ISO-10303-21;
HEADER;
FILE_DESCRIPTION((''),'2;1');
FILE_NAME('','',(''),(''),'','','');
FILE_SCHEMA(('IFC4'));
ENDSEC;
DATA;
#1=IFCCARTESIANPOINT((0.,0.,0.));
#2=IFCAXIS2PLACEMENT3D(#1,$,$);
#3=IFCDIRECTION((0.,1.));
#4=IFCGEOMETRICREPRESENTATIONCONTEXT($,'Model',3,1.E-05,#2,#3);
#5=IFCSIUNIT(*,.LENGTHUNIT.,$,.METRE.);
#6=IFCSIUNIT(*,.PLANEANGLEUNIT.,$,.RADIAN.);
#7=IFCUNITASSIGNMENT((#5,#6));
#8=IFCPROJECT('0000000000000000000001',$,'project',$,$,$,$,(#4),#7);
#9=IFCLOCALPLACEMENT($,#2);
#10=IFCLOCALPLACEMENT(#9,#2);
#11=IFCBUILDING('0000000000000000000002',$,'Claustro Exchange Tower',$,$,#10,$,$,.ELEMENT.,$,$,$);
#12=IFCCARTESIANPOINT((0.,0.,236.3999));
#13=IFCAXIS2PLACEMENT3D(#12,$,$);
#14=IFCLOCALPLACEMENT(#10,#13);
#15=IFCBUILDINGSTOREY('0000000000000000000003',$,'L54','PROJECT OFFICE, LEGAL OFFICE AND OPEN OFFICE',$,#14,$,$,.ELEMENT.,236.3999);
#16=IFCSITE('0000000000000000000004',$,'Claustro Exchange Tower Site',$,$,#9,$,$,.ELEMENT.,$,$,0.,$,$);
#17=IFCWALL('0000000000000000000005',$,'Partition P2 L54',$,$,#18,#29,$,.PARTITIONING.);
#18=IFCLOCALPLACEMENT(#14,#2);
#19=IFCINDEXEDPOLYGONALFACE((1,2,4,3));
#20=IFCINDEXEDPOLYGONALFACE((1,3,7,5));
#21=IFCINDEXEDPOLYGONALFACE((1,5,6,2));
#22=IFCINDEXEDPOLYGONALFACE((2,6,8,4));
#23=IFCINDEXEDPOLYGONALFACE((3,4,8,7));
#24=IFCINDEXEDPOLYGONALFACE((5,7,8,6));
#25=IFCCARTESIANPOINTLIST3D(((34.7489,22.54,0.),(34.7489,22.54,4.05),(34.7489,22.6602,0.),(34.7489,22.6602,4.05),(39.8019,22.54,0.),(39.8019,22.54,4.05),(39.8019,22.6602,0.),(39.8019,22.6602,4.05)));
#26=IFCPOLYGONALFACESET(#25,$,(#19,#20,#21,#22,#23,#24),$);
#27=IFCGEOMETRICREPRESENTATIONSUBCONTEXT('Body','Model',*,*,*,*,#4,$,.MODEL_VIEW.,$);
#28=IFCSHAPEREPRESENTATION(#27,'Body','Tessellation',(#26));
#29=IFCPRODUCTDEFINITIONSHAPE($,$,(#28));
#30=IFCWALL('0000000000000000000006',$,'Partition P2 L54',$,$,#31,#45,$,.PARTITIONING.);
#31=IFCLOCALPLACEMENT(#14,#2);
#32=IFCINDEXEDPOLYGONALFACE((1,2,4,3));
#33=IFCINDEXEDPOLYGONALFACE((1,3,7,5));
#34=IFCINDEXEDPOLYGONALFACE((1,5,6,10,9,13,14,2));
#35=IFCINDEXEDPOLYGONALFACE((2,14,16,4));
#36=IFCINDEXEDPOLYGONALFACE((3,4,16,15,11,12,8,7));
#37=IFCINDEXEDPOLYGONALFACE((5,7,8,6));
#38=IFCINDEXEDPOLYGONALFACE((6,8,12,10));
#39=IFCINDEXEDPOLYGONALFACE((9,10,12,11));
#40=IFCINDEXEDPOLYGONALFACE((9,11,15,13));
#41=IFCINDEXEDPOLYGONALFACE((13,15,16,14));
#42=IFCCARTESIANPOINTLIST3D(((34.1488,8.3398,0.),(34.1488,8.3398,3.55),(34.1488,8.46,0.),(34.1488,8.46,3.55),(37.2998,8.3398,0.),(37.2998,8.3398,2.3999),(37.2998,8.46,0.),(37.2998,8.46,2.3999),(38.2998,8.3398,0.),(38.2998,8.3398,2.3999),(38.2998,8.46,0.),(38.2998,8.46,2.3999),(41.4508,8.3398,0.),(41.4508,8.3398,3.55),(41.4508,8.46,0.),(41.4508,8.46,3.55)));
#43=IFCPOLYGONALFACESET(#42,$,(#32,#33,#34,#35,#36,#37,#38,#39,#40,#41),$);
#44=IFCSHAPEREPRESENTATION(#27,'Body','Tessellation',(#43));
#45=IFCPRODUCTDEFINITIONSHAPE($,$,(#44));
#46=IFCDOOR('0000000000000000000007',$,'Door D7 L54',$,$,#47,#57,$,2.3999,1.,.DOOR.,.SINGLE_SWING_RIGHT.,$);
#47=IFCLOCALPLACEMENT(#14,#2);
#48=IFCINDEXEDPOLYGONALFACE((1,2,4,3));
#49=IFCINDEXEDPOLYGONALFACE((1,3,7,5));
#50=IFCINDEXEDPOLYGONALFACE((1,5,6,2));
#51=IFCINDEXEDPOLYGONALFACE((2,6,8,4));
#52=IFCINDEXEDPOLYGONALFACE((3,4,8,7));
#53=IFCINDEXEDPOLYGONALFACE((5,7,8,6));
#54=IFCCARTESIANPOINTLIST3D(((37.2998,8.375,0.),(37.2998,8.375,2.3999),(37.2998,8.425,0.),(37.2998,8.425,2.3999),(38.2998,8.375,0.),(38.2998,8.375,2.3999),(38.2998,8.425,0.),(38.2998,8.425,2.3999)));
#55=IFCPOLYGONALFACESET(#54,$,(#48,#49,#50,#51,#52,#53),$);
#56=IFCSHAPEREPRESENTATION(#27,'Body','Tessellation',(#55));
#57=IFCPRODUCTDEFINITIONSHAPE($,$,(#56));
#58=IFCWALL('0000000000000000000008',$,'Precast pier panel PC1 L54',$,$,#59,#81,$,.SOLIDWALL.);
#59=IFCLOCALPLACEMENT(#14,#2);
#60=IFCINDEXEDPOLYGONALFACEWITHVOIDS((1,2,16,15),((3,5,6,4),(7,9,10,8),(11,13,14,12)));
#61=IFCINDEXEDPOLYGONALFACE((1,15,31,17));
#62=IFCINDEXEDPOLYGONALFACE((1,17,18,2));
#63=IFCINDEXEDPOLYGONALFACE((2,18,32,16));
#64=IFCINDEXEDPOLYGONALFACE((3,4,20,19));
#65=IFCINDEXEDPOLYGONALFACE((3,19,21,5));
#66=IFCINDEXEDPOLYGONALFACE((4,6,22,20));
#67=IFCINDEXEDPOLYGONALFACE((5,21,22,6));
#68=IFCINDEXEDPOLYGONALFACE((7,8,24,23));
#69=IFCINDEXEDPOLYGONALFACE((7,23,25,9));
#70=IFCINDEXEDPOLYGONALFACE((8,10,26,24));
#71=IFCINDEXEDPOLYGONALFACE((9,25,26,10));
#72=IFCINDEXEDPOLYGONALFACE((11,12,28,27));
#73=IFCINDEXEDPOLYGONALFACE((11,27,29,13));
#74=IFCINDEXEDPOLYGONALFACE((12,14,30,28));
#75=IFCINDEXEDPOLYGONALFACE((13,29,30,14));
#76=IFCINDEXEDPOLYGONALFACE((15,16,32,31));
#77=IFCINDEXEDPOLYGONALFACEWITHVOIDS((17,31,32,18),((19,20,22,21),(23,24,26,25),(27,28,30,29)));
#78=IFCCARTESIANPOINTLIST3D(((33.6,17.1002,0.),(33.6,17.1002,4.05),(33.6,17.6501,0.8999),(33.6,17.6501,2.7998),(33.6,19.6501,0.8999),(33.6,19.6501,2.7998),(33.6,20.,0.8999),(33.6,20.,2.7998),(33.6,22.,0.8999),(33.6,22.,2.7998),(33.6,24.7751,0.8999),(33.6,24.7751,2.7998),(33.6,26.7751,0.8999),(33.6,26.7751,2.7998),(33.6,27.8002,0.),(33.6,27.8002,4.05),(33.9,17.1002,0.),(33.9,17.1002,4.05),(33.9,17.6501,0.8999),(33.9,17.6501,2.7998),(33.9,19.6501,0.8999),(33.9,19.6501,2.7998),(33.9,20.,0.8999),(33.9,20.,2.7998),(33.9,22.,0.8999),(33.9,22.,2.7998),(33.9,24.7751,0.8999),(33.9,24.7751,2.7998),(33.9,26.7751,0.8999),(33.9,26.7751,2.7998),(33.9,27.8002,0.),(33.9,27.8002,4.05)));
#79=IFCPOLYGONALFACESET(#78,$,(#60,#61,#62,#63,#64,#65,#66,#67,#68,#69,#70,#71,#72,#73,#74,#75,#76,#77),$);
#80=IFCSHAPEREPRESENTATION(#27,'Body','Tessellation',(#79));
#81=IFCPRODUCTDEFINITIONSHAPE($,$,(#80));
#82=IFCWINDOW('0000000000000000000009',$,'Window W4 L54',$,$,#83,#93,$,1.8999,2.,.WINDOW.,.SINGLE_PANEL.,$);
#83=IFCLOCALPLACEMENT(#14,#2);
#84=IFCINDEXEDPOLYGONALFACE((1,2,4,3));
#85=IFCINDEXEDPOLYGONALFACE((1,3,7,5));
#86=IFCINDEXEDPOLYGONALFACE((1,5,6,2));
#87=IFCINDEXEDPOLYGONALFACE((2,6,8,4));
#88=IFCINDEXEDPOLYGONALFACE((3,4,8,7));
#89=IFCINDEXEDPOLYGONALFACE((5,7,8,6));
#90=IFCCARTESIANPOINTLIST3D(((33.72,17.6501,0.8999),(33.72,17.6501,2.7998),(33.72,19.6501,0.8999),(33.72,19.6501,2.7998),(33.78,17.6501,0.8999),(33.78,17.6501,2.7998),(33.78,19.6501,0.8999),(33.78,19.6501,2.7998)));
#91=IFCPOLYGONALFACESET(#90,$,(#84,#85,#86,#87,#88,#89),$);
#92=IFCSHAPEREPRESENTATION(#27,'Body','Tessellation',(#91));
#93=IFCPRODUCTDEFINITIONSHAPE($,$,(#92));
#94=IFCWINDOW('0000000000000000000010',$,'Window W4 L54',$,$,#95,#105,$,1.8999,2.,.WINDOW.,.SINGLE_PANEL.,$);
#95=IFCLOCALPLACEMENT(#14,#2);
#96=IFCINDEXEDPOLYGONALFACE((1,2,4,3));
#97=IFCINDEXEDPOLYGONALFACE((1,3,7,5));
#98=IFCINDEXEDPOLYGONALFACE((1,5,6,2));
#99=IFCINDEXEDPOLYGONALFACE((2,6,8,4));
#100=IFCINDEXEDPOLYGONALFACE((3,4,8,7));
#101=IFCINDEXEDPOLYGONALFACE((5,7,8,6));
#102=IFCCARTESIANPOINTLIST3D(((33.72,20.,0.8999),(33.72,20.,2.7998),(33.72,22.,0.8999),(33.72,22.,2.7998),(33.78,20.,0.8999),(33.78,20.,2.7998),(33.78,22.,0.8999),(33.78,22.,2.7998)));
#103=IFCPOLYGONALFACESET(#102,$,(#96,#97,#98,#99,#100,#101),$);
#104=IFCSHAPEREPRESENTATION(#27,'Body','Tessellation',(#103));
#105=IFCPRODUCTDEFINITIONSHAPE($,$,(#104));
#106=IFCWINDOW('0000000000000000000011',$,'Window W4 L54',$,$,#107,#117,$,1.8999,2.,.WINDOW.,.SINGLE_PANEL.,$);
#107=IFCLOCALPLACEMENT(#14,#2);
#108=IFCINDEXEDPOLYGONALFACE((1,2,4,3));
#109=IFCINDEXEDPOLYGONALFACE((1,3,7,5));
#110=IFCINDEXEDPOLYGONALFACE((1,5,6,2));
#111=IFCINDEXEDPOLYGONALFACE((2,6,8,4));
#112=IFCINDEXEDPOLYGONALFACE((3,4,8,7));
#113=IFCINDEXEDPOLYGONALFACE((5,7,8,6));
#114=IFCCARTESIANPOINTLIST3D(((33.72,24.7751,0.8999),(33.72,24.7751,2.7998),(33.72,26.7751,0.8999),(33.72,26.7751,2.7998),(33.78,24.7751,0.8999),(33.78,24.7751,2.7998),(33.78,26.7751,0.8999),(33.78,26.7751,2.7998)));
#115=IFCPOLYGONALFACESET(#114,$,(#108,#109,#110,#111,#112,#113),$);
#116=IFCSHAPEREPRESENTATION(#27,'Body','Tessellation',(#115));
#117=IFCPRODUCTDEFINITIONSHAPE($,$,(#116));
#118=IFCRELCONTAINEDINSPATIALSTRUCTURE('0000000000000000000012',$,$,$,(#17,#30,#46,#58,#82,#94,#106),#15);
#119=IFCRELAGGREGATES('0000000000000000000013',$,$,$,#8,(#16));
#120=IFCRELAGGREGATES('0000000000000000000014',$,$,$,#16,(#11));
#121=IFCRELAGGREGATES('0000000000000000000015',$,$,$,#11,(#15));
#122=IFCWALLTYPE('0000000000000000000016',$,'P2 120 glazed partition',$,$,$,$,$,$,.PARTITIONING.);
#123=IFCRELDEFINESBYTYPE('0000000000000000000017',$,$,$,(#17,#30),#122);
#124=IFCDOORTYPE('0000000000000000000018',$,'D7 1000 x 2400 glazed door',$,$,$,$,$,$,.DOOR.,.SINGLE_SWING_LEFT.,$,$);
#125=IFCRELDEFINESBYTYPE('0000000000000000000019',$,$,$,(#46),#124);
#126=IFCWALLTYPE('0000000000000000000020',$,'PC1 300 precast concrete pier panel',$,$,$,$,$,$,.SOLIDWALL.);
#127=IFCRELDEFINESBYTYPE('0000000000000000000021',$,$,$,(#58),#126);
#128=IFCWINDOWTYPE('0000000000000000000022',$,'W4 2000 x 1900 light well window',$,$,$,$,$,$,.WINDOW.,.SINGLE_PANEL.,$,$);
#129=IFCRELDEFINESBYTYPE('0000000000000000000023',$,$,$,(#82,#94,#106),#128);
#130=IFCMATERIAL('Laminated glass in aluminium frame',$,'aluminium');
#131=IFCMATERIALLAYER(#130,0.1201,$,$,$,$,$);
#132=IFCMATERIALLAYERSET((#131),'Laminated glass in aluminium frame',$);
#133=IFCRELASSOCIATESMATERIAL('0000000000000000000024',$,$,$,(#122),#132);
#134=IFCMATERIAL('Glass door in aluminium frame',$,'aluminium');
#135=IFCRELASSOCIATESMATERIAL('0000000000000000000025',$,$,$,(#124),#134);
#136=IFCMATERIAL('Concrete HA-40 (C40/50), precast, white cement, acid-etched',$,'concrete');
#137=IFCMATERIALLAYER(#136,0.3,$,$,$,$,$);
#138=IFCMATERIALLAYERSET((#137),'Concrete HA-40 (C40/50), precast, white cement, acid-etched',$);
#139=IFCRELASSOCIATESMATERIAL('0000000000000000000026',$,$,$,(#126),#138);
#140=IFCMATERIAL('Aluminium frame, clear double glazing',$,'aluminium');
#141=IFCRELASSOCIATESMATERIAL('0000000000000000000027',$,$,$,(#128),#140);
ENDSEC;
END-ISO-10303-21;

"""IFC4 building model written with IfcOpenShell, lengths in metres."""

from ifc_helpers import new_model, si_unit, direction, frame, frame_2d, origin, place, context, subcontext, project, spatial, rectangle, extrude, material, layer, layer_set, type_object, element, fill, save


model = new_model("IFC4")

# Units and contexts
model_context = context("Model", 3, precision=1e-05, world=origin(), true_north=direction((0.0, 1.0)))
body_context = subcontext(model_context, "Body", "Model", "MODEL_VIEW")
ifc_project = project(units=[si_unit("LENGTHUNIT", "METRE"), si_unit("PLANEANGLEUNIT", "RADIAN")], contexts=[model_context])

# Site, building, storey
site_placement = place(None, origin())
site = spatial("IfcSite", under=ifc_project, at=site_placement, Name="Claustro Exchange Tower Site", CompositionType="ELEMENT", RefElevation=0.0)
building_placement = place(site_placement, origin())
building = spatial("IfcBuilding", under=site, at=building_placement, Name="Claustro Exchange Tower", CompositionType="ELEMENT")
storey_placement = place(building_placement, frame((0.0, 0.0, 236.3999)))
storey = spatial("IfcBuildingStorey", under=building, at=storey_placement, Name="L54", Description="PROJECT OFFICE, LEGAL OFFICE AND OPEN OFFICE", CompositionType="ELEMENT", Elevation=236.3999)

# Wall
ifc_material_1 = material(Name="Laminated glass in aluminium frame", Category="aluminium")
ifc_layer_1 = layer(ifc_material_1, 0.1201)
ifc_layer_set_1 = layer_set([ifc_layer_1], Name="Laminated glass in aluminium frame")
wall_type_1 = type_object("IfcWallType", Name="P2 120 glazed partition", PredefinedType="PARTITIONING", material=ifc_layer_set_1)
wall_1_placement = place(storey_placement, frame((34.749, 22.6001, 0.0), z_axis=(0.0, 0.0, 1.0), x_axis=(1.0, 0.0, 0.0)))
element("IfcWall", 1, at=wall_1_placement, inside=storey, type_object=wall_type_1, Name="Partition P2 L54", PredefinedType="PARTITIONING", context=body_context, shape_type="SweptSolid", body=[
    extrude(rectangle(XDim=5.053, YDim=0.1201, at=frame_2d((2.5264, 0.0))), origin(), (0.0, 0.0, 1.0), 4.05),
])

# Wall, opening, door
wall_2_placement = place(storey_placement, frame((34.1489, 8.3999, 0.0), z_axis=(0.0, 0.0, 1.0), x_axis=(1.0, 0.0, 0.0)))
wall_2 = element("IfcWall", 2, at=wall_2_placement, inside=storey, type_object=wall_type_1, Name="Partition P2 L54", PredefinedType="PARTITIONING", context=body_context, shape_type="SweptSolid", body=[
    extrude(rectangle(XDim=7.302, YDim=0.1201, at=frame_2d((3.6509, 0.0))), origin(), (0.0, 0.0, 1.0), 3.55),
])
opening_1_placement = place(wall_2_placement, frame((3.1509, 0.0, 0.0)))
opening_1 = element("IfcOpeningElement", 3, at=opening_1_placement, cuts=wall_2, PredefinedType="OPENING", context=body_context, shape_type="SweptSolid", body=[
    extrude(rectangle(XDim=1.0, YDim=2.3999, at=frame_2d((0.5, 1.2))), frame((0.0, 0.0701, 0.0), z_axis=(0.0, -1.0, 0.0), x_axis=(1.0, 0.0, 0.0)), (0.0, 0.0, 1.0), 0.1401),
])
ifc_material_2 = material(Name="Glass door in aluminium frame", Category="aluminium")
door_type_1 = type_object("IfcDoorType", Name="D7 1000 x 2400 glazed door", OperationType="SINGLE_SWING_LEFT", PredefinedType="DOOR", material=ifc_material_2)
door_1_placement = place(opening_1_placement, frame((1.0, 0.0, 0.0), z_axis=(0.0, 0.0, 1.0), x_axis=(-1.0, 0.0, 0.0)))
door_1 = element("IfcDoor", 4, at=door_1_placement, inside=storey, type_object=door_type_1, Name="Door D7 L54", OperationType="SINGLE_SWING_RIGHT", OverallHeight=2.3999, OverallWidth=1.0, PredefinedType="DOOR", context=body_context, shape_type="SweptSolid", body=[
    extrude(rectangle(XDim=1.0, YDim=2.3999, at=frame_2d((0.5, 1.2))), frame((0.0, 0.0249, 0.0), z_axis=(0.0, -1.0, 0.0), x_axis=(1.0, 0.0, 0.0)), (0.0, 0.0, 1.0), 0.05),
])
fill(opening_1, door_1)

# Wall, openings, windows
ifc_material_3 = material(Name="Concrete HA-40 (C40/50), precast, white cement, acid-etched", Category="concrete")
ifc_layer_2 = layer(ifc_material_3, 0.3)
ifc_layer_set_2 = layer_set([ifc_layer_2], Name="Concrete HA-40 (C40/50), precast, white cement, acid-etched")
wall_type_2 = type_object("IfcWallType", Name="PC1 300 precast concrete pier panel", PredefinedType="SOLIDWALL", material=ifc_layer_set_2)
wall_3_placement = place(storey_placement, frame((33.75, 17.1001, 0.0), z_axis=(0.0, 0.0, 1.0), x_axis=(0.0, 1.0, 0.0)))
wall_3 = element("IfcWall", 5, at=wall_3_placement, inside=storey, type_object=wall_type_2, Name="Precast pier panel PC1 L54", PredefinedType="SOLIDWALL", context=body_context, shape_type="SweptSolid", body=[
    extrude(rectangle(XDim=10.7, YDim=0.3, at=frame_2d((5.3501, 0.0))), origin(), (0.0, 0.0, 1.0), 4.05),
])
opening_2_placement = place(wall_3_placement, frame((0.55, 0.0, 0.8999)))
opening_2 = element("IfcOpeningElement", 6, at=opening_2_placement, cuts=wall_3, PredefinedType="OPENING", context=body_context, shape_type="SweptSolid", body=[
    extrude(rectangle(XDim=2.0, YDim=1.8999, at=frame_2d((1.0, 0.95))), frame((0.0, 0.1599, 0.0), z_axis=(0.0, -1.0, 0.0), x_axis=(1.0, 0.0, 0.0)), (0.0, 0.0, 1.0), 0.3201),
])
opening_3_placement = place(wall_3_placement, frame((2.8999, 0.0, 0.8999)))
opening_3 = element("IfcOpeningElement", 7, at=opening_3_placement, cuts=wall_3, PredefinedType="OPENING", context=body_context, shape_type="SweptSolid", body=[
    extrude(rectangle(XDim=2.0, YDim=1.8999, at=frame_2d((1.0, 0.95))), frame((0.0, 0.1599, 0.0), z_axis=(0.0, -1.0, 0.0), x_axis=(1.0, 0.0, 0.0)), (0.0, 0.0, 1.0), 0.3201),
])
opening_4_placement = place(wall_3_placement, frame((7.675, 0.0, 0.8999)))
opening_4 = element("IfcOpeningElement", 8, at=opening_4_placement, cuts=wall_3, PredefinedType="OPENING", context=body_context, shape_type="SweptSolid", body=[
    extrude(rectangle(XDim=2.0, YDim=1.8999, at=frame_2d((1.0, 0.95))), frame((0.0, 0.1599, 0.0), z_axis=(0.0, -1.0, 0.0), x_axis=(1.0, 0.0, 0.0)), (0.0, 0.0, 1.0), 0.3201),
])
ifc_material_4 = material(Name="Aluminium frame, clear double glazing", Category="aluminium")
window_type = type_object("IfcWindowType", Name="W4 2000 x 1900 light well window", PartitioningType="SINGLE_PANEL", PredefinedType="WINDOW", material=ifc_material_4)
window_1_placement = place(opening_2_placement, origin())
window_1 = element("IfcWindow", 9, at=window_1_placement, inside=storey, type_object=window_type, Name="Window W4 L54", OverallHeight=1.8999, OverallWidth=2.0, PartitioningType="SINGLE_PANEL", PredefinedType="WINDOW", context=body_context, shape_type="SweptSolid", body=[
    extrude(rectangle(XDim=2.0, YDim=1.8999, at=frame_2d((1.0, 0.95))), frame((0.0, 0.03, 0.0), z_axis=(0.0, -1.0, 0.0), x_axis=(1.0, 0.0, 0.0)), (0.0, 0.0, 1.0), 0.0601),
])
fill(opening_2, window_1)
window_2_placement = place(opening_3_placement, origin())
window_2 = element("IfcWindow", 10, at=window_2_placement, inside=storey, type_object=window_type, Name="Window W4 L54", OverallHeight=1.8999, OverallWidth=2.0, PartitioningType="SINGLE_PANEL", PredefinedType="WINDOW", context=body_context, shape_type="SweptSolid", body=[
    extrude(rectangle(XDim=2.0, YDim=1.8999, at=frame_2d((1.0, 0.95))), frame((0.0, 0.03, 0.0), z_axis=(0.0, -1.0, 0.0), x_axis=(1.0, 0.0, 0.0)), (0.0, 0.0, 1.0), 0.0601),
])
fill(opening_3, window_2)
window_3_placement = place(opening_4_placement, origin())
window_3 = element("IfcWindow", 11, at=window_3_placement, inside=storey, type_object=window_type, Name="Window W4 L54", OverallHeight=1.8999, OverallWidth=2.0, PartitioningType="SINGLE_PANEL", PredefinedType="WINDOW", context=body_context, shape_type="SweptSolid", body=[
    extrude(rectangle(XDim=2.0, YDim=1.8999, at=frame_2d((1.0, 0.95))), frame((0.0, 0.03, 0.0), z_axis=(0.0, -1.0, 0.0), x_axis=(1.0, 0.0, 0.0)), (0.0, 0.0, 1.0), 0.0601),
])
fill(opening_4, window_3)

save(model, "model.ifc")
